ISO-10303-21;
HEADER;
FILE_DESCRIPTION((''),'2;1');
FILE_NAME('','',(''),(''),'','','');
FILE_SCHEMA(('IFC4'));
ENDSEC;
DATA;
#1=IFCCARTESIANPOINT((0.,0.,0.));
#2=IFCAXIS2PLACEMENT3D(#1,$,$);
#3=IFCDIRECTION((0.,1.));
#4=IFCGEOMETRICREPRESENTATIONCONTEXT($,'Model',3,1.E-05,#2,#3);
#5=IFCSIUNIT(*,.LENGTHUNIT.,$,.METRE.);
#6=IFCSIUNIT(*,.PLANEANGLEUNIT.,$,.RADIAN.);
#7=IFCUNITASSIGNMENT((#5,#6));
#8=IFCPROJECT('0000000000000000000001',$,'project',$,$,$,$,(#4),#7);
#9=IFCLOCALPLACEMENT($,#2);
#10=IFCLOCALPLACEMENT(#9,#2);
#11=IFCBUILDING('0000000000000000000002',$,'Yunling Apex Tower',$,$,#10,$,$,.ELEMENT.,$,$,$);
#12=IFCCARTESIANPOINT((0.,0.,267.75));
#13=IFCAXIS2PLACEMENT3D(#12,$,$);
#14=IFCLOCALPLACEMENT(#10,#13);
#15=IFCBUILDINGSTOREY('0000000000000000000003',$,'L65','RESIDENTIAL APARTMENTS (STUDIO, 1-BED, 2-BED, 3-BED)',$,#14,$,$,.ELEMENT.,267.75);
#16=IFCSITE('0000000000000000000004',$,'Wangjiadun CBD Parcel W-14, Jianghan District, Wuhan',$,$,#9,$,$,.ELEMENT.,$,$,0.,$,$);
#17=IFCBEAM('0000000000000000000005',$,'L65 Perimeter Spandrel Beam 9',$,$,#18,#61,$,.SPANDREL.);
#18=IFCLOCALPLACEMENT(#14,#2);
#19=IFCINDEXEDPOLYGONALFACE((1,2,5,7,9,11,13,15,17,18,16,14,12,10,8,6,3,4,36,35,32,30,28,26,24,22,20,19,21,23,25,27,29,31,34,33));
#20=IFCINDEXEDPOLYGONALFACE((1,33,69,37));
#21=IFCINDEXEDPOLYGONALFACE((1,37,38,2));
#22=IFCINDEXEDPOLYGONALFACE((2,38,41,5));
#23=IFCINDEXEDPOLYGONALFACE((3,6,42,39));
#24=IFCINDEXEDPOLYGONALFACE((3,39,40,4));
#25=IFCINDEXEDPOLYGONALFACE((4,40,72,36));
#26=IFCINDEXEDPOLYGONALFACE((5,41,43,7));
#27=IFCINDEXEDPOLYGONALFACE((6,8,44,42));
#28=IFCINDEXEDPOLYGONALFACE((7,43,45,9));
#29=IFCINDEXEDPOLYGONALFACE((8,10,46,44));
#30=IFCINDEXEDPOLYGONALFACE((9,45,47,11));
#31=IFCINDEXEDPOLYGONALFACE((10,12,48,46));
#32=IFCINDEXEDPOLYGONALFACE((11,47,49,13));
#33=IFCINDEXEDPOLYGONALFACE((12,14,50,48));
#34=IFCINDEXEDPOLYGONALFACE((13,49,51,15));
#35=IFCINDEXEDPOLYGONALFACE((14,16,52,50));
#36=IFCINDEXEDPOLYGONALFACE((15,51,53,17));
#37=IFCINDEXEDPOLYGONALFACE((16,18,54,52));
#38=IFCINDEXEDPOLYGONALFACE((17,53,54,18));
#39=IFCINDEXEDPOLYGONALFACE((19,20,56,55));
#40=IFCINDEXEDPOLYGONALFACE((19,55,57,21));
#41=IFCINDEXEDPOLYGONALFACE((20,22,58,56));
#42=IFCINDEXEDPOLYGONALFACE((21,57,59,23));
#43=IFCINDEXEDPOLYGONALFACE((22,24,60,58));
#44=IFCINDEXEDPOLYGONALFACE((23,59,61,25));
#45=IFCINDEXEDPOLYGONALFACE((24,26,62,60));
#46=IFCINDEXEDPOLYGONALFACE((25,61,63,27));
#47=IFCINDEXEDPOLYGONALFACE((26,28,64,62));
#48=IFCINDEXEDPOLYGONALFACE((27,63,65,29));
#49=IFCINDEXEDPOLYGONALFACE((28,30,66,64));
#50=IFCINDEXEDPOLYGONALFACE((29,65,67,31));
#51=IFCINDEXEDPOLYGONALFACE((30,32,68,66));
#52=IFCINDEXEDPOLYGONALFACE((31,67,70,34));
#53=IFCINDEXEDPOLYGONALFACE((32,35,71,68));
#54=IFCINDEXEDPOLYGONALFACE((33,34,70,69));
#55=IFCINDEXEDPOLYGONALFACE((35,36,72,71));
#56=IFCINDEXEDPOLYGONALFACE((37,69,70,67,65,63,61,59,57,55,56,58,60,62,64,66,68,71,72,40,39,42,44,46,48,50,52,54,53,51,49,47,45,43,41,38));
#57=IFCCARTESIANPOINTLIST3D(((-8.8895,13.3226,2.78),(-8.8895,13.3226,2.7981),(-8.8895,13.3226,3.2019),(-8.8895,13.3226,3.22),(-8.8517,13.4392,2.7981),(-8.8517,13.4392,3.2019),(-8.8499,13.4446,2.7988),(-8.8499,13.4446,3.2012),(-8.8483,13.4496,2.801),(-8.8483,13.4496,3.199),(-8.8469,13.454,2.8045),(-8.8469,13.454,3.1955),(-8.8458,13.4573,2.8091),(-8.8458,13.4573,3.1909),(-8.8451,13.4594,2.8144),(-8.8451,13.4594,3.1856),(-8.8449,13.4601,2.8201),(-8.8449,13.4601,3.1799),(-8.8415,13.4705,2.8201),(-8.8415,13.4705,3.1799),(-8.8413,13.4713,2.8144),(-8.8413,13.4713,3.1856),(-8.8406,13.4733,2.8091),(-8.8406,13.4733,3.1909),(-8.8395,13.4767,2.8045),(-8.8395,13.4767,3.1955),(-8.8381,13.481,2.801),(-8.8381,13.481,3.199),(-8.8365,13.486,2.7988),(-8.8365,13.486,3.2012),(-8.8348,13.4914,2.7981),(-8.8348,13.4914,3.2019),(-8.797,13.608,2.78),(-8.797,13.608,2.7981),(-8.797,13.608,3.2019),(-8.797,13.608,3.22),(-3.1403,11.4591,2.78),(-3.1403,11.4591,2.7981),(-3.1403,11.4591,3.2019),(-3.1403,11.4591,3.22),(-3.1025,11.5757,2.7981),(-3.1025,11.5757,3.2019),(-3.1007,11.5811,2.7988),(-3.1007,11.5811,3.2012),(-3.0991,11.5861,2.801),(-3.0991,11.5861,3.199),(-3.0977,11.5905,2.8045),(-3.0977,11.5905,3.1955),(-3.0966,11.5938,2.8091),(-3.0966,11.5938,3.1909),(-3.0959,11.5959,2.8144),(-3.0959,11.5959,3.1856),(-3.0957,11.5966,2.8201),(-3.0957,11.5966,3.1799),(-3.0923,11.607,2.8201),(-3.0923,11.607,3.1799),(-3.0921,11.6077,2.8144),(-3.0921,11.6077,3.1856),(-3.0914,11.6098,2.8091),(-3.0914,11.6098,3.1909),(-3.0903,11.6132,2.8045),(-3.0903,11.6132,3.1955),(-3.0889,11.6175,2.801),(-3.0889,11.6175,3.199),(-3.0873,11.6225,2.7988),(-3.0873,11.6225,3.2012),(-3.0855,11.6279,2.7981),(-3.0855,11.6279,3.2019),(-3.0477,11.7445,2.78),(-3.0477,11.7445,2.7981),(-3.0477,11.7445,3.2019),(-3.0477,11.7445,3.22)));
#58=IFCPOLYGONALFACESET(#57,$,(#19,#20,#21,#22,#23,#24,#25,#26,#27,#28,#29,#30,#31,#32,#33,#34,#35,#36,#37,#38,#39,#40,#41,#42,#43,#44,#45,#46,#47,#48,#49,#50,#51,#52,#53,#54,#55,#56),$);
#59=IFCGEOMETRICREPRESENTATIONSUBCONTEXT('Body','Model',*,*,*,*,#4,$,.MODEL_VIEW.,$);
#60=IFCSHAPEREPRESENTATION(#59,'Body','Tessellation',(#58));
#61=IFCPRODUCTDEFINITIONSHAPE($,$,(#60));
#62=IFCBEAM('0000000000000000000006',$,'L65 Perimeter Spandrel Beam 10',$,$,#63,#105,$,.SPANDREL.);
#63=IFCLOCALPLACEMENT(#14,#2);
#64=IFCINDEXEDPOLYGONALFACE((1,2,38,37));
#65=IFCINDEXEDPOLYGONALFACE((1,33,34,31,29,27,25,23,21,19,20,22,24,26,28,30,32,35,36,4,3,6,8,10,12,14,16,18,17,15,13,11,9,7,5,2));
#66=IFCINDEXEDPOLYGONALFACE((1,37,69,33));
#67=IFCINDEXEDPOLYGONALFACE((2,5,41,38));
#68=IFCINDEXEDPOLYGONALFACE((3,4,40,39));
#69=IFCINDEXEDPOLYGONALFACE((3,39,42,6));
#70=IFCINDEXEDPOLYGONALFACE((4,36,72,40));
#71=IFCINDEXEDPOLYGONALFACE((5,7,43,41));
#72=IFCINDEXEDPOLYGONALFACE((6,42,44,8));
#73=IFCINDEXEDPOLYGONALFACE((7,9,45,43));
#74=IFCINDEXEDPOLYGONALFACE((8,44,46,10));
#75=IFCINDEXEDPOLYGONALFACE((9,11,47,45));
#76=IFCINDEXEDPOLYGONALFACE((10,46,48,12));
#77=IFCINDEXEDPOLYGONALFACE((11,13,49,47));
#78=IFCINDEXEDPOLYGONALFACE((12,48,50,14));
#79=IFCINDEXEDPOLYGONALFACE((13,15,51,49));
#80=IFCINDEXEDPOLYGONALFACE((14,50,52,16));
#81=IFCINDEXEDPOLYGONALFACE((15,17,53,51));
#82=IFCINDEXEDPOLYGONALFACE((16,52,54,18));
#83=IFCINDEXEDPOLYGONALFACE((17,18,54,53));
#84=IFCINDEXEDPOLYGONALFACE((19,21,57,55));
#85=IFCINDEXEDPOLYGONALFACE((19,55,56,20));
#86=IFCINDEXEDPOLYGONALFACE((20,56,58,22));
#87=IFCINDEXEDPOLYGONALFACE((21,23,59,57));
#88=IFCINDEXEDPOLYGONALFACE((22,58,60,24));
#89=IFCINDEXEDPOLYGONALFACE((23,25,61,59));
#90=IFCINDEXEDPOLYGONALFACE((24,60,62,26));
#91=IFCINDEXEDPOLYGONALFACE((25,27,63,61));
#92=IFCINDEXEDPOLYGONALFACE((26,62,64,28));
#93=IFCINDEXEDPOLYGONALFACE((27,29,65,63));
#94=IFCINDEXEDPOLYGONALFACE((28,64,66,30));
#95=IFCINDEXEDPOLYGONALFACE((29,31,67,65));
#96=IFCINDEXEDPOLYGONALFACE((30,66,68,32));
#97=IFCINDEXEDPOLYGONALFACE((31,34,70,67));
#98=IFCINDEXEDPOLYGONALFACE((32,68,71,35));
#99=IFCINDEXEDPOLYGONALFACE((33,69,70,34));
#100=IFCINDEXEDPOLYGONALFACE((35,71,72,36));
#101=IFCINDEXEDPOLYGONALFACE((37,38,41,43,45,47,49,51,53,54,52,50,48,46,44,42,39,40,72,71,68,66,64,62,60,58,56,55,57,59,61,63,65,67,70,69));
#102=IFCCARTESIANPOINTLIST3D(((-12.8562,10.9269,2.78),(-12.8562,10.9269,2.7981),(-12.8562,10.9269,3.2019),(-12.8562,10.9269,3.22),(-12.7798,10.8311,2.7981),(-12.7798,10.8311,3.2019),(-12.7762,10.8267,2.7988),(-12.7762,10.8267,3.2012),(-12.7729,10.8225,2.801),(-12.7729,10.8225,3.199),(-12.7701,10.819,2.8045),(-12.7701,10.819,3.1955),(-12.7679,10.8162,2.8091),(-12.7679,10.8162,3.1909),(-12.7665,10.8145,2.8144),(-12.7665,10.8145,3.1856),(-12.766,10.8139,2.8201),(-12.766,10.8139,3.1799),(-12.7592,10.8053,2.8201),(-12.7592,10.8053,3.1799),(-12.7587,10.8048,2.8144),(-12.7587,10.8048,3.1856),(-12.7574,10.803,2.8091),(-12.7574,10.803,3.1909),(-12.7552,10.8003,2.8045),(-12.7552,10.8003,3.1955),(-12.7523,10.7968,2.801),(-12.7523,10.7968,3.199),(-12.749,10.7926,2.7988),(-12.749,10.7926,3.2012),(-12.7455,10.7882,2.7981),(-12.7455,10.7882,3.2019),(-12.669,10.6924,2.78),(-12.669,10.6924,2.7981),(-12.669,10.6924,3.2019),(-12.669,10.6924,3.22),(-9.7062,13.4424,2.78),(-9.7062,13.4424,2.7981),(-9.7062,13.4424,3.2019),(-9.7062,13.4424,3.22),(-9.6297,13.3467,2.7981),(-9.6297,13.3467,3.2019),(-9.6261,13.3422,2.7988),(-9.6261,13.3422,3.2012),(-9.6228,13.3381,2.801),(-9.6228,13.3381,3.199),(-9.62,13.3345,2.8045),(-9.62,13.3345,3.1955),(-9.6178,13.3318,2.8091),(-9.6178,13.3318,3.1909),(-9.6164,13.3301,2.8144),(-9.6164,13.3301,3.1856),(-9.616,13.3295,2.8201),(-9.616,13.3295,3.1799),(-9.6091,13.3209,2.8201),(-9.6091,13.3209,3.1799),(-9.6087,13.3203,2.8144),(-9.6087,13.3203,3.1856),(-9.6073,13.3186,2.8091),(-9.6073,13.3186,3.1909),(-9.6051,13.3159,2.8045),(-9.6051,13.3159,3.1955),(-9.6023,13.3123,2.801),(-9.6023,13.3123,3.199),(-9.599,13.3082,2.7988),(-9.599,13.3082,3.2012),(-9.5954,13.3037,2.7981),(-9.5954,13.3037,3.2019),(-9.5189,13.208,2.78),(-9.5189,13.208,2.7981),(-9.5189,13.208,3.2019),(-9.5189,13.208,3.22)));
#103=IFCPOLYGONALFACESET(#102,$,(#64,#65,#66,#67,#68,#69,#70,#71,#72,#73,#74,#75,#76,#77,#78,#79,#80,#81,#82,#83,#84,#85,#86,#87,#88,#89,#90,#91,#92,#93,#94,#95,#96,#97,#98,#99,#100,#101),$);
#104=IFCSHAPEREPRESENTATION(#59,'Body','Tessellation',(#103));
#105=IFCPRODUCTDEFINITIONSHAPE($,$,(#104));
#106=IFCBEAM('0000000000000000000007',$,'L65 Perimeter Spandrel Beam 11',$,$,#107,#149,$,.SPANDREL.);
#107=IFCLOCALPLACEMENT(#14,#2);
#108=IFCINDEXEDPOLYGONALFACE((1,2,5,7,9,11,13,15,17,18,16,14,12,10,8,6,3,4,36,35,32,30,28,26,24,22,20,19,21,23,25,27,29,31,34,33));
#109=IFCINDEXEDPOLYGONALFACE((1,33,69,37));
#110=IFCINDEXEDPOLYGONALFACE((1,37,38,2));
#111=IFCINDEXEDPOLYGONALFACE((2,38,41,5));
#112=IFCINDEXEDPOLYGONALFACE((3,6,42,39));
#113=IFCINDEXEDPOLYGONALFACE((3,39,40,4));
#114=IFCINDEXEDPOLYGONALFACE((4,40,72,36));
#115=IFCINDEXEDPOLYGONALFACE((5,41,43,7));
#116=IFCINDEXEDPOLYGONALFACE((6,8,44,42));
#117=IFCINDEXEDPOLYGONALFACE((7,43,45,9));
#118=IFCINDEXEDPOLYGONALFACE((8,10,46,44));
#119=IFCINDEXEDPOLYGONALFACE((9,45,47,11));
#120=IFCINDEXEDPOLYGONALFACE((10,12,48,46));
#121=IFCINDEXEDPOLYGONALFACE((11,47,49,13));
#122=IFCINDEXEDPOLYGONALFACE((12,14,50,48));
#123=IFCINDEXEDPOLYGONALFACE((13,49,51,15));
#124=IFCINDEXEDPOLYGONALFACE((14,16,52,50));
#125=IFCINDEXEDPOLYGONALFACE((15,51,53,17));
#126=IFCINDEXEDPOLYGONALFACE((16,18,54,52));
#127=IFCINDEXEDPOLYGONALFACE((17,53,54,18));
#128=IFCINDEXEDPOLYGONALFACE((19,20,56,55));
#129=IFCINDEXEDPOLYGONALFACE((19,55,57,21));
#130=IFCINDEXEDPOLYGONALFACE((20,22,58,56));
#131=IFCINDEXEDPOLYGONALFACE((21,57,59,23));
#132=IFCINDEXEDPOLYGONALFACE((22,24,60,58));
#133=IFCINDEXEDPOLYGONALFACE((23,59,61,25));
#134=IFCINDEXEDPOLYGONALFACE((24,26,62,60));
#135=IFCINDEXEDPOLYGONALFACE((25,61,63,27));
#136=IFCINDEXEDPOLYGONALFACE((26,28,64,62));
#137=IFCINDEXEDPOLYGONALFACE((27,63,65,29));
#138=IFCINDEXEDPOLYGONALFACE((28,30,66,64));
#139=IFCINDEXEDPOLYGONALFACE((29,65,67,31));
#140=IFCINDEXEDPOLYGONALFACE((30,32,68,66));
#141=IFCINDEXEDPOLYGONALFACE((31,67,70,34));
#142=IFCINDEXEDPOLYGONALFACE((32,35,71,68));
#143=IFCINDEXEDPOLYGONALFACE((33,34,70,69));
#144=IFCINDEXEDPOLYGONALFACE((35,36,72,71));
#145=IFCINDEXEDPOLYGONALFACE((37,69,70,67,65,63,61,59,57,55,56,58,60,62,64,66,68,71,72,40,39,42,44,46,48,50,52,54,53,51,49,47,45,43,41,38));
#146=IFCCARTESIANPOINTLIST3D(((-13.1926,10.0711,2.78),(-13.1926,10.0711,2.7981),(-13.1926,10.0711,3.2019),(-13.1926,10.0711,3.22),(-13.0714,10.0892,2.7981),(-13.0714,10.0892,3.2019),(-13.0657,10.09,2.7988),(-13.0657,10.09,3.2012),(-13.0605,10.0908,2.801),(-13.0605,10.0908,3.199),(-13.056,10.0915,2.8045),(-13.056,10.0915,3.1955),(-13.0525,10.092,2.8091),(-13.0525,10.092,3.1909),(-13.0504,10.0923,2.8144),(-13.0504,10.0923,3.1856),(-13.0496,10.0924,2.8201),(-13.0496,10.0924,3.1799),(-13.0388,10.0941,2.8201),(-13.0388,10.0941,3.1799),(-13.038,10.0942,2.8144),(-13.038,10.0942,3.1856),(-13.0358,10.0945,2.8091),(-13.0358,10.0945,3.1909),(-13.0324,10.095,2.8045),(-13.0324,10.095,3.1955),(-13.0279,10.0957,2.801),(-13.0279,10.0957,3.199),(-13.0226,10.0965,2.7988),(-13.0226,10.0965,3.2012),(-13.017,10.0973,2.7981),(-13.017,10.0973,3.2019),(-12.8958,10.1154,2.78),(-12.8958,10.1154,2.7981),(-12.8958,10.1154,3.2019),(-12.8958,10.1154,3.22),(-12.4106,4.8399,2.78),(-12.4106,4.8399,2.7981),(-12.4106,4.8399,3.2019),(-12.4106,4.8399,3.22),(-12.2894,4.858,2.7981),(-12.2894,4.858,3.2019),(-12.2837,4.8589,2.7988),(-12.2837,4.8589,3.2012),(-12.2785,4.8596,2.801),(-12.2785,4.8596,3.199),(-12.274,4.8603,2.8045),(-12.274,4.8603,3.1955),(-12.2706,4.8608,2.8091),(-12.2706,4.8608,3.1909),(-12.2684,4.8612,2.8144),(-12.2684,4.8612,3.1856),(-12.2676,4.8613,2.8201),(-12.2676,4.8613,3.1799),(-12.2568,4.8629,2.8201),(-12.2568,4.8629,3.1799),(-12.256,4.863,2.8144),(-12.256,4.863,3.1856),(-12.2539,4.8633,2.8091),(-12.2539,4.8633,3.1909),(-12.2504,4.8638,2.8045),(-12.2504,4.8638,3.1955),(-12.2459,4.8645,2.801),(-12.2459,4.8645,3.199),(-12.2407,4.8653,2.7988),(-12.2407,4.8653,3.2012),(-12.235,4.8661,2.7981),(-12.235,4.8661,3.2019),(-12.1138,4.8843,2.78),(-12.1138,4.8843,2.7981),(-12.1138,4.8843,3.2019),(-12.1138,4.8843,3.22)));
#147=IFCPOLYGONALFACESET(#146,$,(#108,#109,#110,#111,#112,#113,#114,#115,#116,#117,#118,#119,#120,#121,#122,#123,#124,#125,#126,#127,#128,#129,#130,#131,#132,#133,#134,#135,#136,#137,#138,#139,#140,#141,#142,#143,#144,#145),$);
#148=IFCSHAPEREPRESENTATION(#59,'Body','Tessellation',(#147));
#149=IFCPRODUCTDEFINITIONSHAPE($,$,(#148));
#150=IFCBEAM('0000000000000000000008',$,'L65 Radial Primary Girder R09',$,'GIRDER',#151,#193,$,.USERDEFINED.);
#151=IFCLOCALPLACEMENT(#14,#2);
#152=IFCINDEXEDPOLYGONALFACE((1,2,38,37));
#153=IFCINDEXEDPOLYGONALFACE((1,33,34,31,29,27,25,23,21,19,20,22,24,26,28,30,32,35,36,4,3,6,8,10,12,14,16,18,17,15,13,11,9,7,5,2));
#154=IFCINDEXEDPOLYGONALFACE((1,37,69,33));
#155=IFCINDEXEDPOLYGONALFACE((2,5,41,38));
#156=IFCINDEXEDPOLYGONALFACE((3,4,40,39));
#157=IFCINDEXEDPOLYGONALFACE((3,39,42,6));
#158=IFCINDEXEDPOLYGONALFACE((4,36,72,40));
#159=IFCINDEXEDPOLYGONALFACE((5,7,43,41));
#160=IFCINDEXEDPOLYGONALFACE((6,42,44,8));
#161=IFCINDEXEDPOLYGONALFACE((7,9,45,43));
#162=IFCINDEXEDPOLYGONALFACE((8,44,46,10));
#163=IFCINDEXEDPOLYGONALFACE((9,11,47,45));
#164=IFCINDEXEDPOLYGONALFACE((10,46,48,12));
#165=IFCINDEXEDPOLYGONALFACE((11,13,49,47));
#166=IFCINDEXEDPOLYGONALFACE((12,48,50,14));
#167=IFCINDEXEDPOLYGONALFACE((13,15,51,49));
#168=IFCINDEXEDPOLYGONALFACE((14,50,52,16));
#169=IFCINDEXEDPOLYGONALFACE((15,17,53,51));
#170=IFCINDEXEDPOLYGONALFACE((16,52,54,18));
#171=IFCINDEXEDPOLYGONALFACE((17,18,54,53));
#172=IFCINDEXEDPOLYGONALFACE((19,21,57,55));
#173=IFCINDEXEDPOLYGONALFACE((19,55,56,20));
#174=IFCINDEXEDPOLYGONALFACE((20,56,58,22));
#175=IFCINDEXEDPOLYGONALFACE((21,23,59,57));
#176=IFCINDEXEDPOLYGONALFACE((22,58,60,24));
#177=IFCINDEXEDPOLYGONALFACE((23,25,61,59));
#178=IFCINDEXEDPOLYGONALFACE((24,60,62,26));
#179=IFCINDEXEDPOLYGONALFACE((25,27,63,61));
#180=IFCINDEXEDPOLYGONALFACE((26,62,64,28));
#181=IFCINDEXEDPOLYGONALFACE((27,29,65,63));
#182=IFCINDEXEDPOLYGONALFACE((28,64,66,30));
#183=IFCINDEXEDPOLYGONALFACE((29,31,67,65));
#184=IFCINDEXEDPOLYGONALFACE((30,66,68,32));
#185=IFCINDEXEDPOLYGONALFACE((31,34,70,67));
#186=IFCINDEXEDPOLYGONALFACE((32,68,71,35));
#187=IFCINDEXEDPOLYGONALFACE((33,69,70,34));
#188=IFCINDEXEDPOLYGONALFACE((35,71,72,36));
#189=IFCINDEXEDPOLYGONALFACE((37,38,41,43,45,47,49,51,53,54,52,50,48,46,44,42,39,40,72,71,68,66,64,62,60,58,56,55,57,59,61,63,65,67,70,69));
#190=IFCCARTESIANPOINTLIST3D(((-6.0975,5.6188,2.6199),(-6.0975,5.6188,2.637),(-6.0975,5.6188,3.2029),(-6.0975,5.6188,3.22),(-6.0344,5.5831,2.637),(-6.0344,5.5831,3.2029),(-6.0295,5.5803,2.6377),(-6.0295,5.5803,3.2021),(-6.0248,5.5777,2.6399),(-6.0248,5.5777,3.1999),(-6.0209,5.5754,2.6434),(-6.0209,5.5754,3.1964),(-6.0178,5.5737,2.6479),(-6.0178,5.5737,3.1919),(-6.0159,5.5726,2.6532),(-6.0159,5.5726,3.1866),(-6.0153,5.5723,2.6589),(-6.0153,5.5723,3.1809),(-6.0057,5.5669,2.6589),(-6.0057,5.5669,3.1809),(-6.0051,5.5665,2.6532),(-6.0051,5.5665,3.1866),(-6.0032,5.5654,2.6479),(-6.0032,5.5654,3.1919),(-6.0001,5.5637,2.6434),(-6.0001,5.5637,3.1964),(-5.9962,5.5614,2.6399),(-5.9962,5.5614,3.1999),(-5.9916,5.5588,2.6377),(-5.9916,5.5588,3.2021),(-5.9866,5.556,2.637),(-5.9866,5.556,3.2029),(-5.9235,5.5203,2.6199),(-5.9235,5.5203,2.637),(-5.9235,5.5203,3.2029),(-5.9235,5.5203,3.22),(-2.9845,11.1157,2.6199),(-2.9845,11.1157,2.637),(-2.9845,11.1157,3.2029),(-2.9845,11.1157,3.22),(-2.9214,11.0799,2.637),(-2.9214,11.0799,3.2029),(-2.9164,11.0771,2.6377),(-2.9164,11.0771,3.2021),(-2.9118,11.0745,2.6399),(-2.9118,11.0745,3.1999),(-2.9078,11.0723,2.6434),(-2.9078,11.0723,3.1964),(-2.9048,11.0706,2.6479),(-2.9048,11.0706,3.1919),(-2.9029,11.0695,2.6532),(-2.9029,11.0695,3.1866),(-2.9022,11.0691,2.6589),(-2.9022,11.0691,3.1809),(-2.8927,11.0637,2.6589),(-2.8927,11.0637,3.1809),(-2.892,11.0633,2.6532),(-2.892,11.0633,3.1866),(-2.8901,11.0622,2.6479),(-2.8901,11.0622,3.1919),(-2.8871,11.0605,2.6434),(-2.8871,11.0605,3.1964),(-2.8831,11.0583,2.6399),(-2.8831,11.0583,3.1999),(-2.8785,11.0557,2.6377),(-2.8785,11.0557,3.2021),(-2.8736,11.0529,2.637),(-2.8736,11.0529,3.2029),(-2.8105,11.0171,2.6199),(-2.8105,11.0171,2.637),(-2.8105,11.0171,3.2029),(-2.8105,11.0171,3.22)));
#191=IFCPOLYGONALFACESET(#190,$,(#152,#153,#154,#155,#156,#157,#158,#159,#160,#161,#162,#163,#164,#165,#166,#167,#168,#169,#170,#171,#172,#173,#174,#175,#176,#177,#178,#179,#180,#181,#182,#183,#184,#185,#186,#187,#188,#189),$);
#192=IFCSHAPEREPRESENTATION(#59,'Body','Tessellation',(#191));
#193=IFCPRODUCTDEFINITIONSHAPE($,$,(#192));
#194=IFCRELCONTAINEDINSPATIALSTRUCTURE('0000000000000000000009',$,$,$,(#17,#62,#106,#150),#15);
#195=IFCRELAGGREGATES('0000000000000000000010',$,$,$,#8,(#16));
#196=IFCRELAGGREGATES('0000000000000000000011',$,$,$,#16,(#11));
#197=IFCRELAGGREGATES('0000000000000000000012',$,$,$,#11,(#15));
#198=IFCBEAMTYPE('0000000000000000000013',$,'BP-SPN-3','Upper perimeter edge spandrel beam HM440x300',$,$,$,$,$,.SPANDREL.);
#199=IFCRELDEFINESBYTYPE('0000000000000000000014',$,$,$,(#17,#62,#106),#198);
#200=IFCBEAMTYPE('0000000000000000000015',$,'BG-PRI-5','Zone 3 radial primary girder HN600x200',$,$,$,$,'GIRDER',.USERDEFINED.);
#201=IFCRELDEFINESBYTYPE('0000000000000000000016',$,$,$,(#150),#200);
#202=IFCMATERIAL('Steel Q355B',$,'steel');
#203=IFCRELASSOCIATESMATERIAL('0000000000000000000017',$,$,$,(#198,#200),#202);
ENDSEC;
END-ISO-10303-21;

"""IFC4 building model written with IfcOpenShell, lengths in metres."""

from ifc_helpers import new_model, si_unit, direction, frame, origin, origin_2d, place, context, subcontext, project, spatial, i_section, extrude, source, transform, mapped, material, material_profile, profile_set, type_object, element, save


model = new_model("IFC4")

# Units and contexts
model_context = context("Model", 3, precision=1e-05, world=origin(), true_north=direction((0.0, 1.0)))
body_context = subcontext(model_context, "Body", "Model", "MODEL_VIEW")
ifc_project = project(units=[si_unit("LENGTHUNIT", "METRE"), si_unit("PLANEANGLEUNIT", "RADIAN")], contexts=[model_context])

# Site, building, storey
site_placement = place(None, origin())
site = spatial("IfcSite", under=ifc_project, at=site_placement, Name="Wangjiadun CBD Parcel W-14, Jianghan District, Wuhan", CompositionType="ELEMENT", RefElevation=0.0)
building_placement = place(site_placement, origin())
building = spatial("IfcBuilding", under=site, at=building_placement, Name="Yunling Apex Tower", CompositionType="ELEMENT")
storey_placement = place(building_placement, frame((0.0, 0.0, 267.75)))
storey = spatial("IfcBuildingStorey", under=building, at=storey_placement, Name="L65", Description="RESIDENTIAL APARTMENTS (STUDIO, 1-BED, 2-BED, 3-BED)", CompositionType="ELEMENT", Elevation=267.75)

# Shared definitions
ifc_material_1 = material(Name="Steel Q355B", Category="steel")

# Beams
ifc_material_profile_1 = material_profile(ifc_material_1, i_section(OverallWidth=0.3, OverallDepth=0.4399, WebThickness=0.011, FlangeThickness=0.0181, FilletRadius=0.022, at=origin_2d()))
ifc_profile_set_1 = profile_set([ifc_material_profile_1], Name="Steel Q355B")
beam_type_1 = type_object("IfcBeamType", Name="BP-SPN-3", Description="Upper perimeter edge spandrel beam HM440x300", PredefinedType="SPANDREL", material=ifc_profile_set_1)
shared_shape_1 = source(origin(), body_context, "Body", "SweptSolid", [
    extrude(i_section(OverallWidth=0.3, OverallDepth=0.4399, WebThickness=0.011, FlangeThickness=0.0181, FilletRadius=0.022, at=origin_2d()), origin(), (0.0, 0.0, 1.0), 6.0437),
])
beam_1_placement = place(storey_placement, frame((-3.094, 11.6018, 3.0), z_axis=(-0.951276, 0.30834, 0.0), x_axis=(-0.30834, -0.951276, 0.0)))
element("IfcBeam", 1, at=beam_1_placement, inside=storey, type_object=beam_type_1, Name="L65 Perimeter Spandrel Beam 9", PredefinedType="SPANDREL", context=body_context, shape_type="MappedRepresentation", body=[
    mapped(shared_shape_1, transform((0.0, 0.0, 0.0), scale=1.0)),
])
shared_shape_2 = source(origin(), body_context, "Body", "SweptSolid", [
    extrude(i_section(OverallWidth=0.3, OverallDepth=0.4399, WebThickness=0.011, FlangeThickness=0.0181, FilletRadius=0.022, at=origin_2d()), origin(), (0.0, 0.0, 1.0), 4.0312),
])
beam_2_placement = place(storey_placement, frame((-9.6125, 13.3252, 3.0), z_axis=(-0.781412, -0.624015, 0.0), x_axis=(0.624015, -0.781412, 0.0)))
element("IfcBeam", 2, at=beam_2_placement, inside=storey, type_object=beam_type_1, Name="L65 Perimeter Spandrel Beam 10", PredefinedType="SPANDREL", context=body_context, shape_type="MappedRepresentation", body=[
    mapped(shared_shape_2, transform((0.0, 0.0, 0.0), scale=1.0)),
])
shared_shape_3 = source(origin(), body_context, "Body", "SweptSolid", [
    extrude(i_section(OverallWidth=0.3, OverallDepth=0.4399, WebThickness=0.011, FlangeThickness=0.0181, FilletRadius=0.022, at=origin_2d()), origin(), (0.0, 0.0, 1.0), 5.2893),
])
beam_3_placement = place(storey_placement, frame((-13.0442, 10.0933, 3.0), z_axis=(0.147842, -0.989011, 0.0), x_axis=(0.989011, 0.147842, 0.0)))
element("IfcBeam", 3, at=beam_3_placement, inside=storey, type_object=beam_type_1, Name="L65 Perimeter Spandrel Beam 11", PredefinedType="SPANDREL", context=body_context, shape_type="MappedRepresentation", body=[
    mapped(shared_shape_3, transform((0.0, 0.0, 0.0), scale=1.0)),
])
ifc_material_profile_2 = material_profile(ifc_material_1, i_section(OverallWidth=0.2, OverallDepth=0.6001, WebThickness=0.011, FlangeThickness=0.0171, FilletRadius=0.022, at=origin_2d()))
ifc_profile_set_2 = profile_set([ifc_material_profile_2], Name="Steel Q355B")
beam_type_2 = type_object("IfcBeamType", Name="BG-PRI-5", Description="Zone 3 radial primary girder HN600x200", ElementType="GIRDER", PredefinedType="USERDEFINED", material=ifc_profile_set_2)
shared_shape_4 = source(origin(), body_context, "Body", "SweptSolid", [
    extrude(i_section(OverallWidth=0.2, OverallDepth=0.6001, WebThickness=0.011, FlangeThickness=0.0171, FilletRadius=0.022, at=origin_2d()), origin(), (0.0, 0.0, 1.0), 6.3171),
])
beam_4_placement = place(storey_placement, frame((-2.8975, 11.0664, 2.9199), z_axis=(-0.492793, -0.870146, 0.0), x_axis=(0.870146, -0.492793, 0.0)))
element("IfcBeam", 4, at=beam_4_placement, inside=storey, type_object=beam_type_2, Name="L65 Radial Primary Girder R09", ObjectType="GIRDER", PredefinedType="USERDEFINED", context=body_context, shape_type="MappedRepresentation", body=[
    mapped(shared_shape_4, transform((0.0, 0.0, 0.0), scale=1.0)),
])

save(model, "model.ifc")
